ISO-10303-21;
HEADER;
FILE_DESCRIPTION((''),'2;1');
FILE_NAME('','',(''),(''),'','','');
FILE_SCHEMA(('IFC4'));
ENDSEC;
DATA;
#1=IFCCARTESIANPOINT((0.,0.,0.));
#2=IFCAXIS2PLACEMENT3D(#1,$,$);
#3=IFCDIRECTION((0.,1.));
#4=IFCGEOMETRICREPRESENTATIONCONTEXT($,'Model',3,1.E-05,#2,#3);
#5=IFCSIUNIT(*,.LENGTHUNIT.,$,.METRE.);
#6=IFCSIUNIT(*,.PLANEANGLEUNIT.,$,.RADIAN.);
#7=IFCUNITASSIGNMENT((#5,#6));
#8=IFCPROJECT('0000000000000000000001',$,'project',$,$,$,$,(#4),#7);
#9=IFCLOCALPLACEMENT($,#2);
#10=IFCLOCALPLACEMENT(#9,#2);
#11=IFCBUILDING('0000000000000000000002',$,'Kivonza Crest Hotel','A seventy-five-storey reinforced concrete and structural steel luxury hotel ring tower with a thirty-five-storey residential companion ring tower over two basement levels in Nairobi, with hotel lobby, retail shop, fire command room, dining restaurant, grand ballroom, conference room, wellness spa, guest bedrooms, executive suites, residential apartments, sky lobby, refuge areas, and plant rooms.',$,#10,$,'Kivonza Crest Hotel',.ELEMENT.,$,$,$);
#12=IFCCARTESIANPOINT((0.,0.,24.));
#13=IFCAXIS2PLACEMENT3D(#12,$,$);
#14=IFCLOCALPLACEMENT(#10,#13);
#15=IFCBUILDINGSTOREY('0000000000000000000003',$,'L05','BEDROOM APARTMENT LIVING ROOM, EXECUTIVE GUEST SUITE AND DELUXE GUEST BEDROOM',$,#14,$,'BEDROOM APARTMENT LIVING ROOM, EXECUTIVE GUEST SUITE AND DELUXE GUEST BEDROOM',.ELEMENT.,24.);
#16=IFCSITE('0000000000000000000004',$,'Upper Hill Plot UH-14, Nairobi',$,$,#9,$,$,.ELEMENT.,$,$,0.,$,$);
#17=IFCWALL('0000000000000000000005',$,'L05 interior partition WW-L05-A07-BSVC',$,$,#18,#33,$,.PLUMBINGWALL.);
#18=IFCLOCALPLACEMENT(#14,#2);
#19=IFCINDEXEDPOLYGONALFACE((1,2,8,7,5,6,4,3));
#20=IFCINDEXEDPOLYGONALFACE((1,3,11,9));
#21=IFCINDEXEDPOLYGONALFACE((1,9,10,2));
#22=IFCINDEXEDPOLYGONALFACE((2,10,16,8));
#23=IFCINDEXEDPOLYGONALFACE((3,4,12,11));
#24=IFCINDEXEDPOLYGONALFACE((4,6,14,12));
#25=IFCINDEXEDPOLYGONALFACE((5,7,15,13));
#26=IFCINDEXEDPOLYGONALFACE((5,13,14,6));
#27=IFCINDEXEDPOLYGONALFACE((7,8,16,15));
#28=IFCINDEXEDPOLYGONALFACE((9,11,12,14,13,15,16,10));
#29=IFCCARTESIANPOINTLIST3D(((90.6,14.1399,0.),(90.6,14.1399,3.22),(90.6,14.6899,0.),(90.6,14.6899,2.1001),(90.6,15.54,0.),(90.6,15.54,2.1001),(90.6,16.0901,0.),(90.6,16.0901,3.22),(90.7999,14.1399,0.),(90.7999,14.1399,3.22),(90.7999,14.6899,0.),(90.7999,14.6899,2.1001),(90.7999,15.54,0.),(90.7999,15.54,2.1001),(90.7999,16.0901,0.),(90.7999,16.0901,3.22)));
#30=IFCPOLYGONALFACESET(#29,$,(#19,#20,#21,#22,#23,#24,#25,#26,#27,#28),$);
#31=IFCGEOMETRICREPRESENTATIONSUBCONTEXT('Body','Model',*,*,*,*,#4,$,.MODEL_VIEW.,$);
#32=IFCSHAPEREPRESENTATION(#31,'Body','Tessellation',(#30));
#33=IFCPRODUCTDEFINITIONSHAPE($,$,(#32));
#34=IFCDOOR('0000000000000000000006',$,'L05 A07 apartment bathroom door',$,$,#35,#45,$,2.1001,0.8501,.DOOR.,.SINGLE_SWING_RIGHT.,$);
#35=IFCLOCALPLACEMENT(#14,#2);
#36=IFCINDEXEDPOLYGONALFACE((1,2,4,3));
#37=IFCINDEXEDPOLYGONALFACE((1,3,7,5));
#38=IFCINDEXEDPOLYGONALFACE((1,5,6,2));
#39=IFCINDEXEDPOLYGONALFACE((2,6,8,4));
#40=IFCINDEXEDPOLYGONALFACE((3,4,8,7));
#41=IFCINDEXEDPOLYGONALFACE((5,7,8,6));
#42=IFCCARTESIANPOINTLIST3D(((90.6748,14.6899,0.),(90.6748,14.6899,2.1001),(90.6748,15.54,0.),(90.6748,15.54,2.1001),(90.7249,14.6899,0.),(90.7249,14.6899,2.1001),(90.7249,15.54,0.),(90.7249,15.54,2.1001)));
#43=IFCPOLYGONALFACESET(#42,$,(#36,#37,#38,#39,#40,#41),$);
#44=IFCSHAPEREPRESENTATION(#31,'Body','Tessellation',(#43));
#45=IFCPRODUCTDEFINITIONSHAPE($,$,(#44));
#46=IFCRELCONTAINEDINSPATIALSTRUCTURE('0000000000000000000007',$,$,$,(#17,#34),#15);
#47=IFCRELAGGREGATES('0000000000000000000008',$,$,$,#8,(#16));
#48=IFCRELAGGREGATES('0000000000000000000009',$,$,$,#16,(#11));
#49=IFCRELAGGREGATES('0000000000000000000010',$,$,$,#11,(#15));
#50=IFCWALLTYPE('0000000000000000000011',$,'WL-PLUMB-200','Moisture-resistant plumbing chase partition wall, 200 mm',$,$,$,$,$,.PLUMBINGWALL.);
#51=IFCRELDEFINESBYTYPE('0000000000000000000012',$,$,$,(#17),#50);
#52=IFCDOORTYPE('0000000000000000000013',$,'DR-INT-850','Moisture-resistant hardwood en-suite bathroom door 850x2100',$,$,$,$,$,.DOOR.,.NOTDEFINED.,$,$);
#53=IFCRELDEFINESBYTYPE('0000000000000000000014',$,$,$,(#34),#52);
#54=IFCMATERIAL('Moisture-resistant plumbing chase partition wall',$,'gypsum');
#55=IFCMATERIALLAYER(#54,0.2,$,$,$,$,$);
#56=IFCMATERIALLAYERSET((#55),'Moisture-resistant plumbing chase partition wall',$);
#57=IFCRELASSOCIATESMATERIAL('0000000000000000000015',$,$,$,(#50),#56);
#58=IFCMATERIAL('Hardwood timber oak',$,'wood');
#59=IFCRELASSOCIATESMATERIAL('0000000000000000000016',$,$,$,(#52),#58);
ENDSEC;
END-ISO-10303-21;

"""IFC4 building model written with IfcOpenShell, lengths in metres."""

from ifc_helpers import new_model, si_unit, direction, frame, frame_2d, origin, place, context, subcontext, project, spatial, rectangle, extrude, material, layer, layer_set, type_object, element, fill, save


model = new_model("IFC4")

# Units and contexts
model_context = context("Model", 3, precision=1e-05, world=origin(), true_north=direction((0.0, 1.0)))
body_context = subcontext(model_context, "Body", "Model", "MODEL_VIEW")
ifc_project = project(units=[si_unit("LENGTHUNIT", "METRE"), si_unit("PLANEANGLEUNIT", "RADIAN")], contexts=[model_context])

# Site, building, storey
site_placement = place(None, origin())
site = spatial("IfcSite", under=ifc_project, at=site_placement, Name="Upper Hill Plot UH-14, Nairobi", CompositionType="ELEMENT", RefElevation=0.0)
building_placement = place(site_placement, origin())
building = spatial("IfcBuilding", under=site, at=building_placement, Name="Kivonza Crest Hotel", Description="A seventy-five-storey reinforced concrete and structural steel luxury hotel ring tower with a thirty-five-storey residential companion ring tower over two basement levels in Nairobi, with hotel lobby, retail shop, fire command room, dining restaurant, grand ballroom, conference room, wellness spa, guest bedrooms, executive suites, residential apartments, sky lobby, refuge areas, and plant rooms.", LongName="Kivonza Crest Hotel", CompositionType="ELEMENT")
storey_placement = place(building_placement, frame((0.0, 0.0, 24.0)))
storey = spatial("IfcBuildingStorey", under=building, at=storey_placement, Name="L05", Description="BEDROOM APARTMENT LIVING ROOM, EXECUTIVE GUEST SUITE AND DELUXE GUEST BEDROOM", LongName="BEDROOM APARTMENT LIVING ROOM, EXECUTIVE GUEST SUITE AND DELUXE GUEST BEDROOM", CompositionType="ELEMENT", Elevation=24.0)

# Shared definitions
ifc_material_1 = material(Name="Hardwood timber oak", Category="wood")

# Shared definitions
ifc_material_2 = material(Name="Moisture-resistant plumbing chase partition wall", Category="gypsum")
ifc_layer_1 = layer(ifc_material_2, 0.2)
ifc_layer_set_1 = layer_set([ifc_layer_1], Name="Moisture-resistant plumbing chase partition wall")
wall_type_1 = type_object("IfcWallType", Name="WL-PLUMB-200", Description="Moisture-resistant plumbing chase partition wall, 200 mm", PredefinedType="PLUMBINGWALL", material=ifc_layer_set_1)

# Wall, opening, door
wall_1_placement = place(storey_placement, frame((90.7, 14.1399, 0.0), z_axis=(0.0, 0.0, 1.0), x_axis=(0.0, 1.0, 0.0)))
wall_1 = element("IfcWall", 1, at=wall_1_placement, inside=storey, type_object=wall_type_1, Name="L05 interior partition WW-L05-A07-BSVC", PredefinedType="PLUMBINGWALL", context=body_context, shape_type="SweptSolid", body=[
    extrude(rectangle(XDim=1.9502, YDim=0.2, at=frame_2d((0.9751, 0.0))), origin(), (0.0, 0.0, 1.0), 3.22),
])
opening_1_placement = place(wall_1_placement, frame((0.55, 0.0, 0.0)))
opening_1 = element("IfcOpeningElement", 2, at=opening_1_placement, cuts=wall_1, PredefinedType="OPENING", context=body_context, shape_type="SweptSolid", body=[
    extrude(rectangle(XDim=0.8501, YDim=2.1001, at=frame_2d((0.425, 1.05))), frame((0.0, 0.1099, 0.0), z_axis=(0.0, -1.0, 0.0), x_axis=(1.0, 0.0, 0.0)), (0.0, 0.0, 1.0), 0.22),
])
door_type_1 = type_object("IfcDoorType", Name="DR-INT-850", Description="Moisture-resistant hardwood en-suite bathroom door 850x2100", OperationType="NOTDEFINED", PredefinedType="DOOR", material=ifc_material_1)
door_1_placement = place(opening_1_placement, frame((0.8501, 0.0, 0.0), z_axis=(0.0, 0.0, 1.0), x_axis=(-1.0, 0.0, 0.0)))
door_1 = element("IfcDoor", 3, at=door_1_placement, inside=storey, type_object=door_type_1, Name="L05 A07 apartment bathroom door", OperationType="SINGLE_SWING_RIGHT", OverallHeight=2.1001, OverallWidth=0.8501, PredefinedType="DOOR", context=body_context, shape_type="SweptSolid", body=[
    extrude(rectangle(XDim=0.8501, YDim=2.1001, at=frame_2d((0.425, 1.05))), frame((0.0, 0.0249, 0.0), z_axis=(0.0, -1.0, 0.0), x_axis=(1.0, 0.0, 0.0)), (0.0, 0.0, 1.0), 0.05),
])
fill(opening_1, door_1)

save(model, "model.ifc")
